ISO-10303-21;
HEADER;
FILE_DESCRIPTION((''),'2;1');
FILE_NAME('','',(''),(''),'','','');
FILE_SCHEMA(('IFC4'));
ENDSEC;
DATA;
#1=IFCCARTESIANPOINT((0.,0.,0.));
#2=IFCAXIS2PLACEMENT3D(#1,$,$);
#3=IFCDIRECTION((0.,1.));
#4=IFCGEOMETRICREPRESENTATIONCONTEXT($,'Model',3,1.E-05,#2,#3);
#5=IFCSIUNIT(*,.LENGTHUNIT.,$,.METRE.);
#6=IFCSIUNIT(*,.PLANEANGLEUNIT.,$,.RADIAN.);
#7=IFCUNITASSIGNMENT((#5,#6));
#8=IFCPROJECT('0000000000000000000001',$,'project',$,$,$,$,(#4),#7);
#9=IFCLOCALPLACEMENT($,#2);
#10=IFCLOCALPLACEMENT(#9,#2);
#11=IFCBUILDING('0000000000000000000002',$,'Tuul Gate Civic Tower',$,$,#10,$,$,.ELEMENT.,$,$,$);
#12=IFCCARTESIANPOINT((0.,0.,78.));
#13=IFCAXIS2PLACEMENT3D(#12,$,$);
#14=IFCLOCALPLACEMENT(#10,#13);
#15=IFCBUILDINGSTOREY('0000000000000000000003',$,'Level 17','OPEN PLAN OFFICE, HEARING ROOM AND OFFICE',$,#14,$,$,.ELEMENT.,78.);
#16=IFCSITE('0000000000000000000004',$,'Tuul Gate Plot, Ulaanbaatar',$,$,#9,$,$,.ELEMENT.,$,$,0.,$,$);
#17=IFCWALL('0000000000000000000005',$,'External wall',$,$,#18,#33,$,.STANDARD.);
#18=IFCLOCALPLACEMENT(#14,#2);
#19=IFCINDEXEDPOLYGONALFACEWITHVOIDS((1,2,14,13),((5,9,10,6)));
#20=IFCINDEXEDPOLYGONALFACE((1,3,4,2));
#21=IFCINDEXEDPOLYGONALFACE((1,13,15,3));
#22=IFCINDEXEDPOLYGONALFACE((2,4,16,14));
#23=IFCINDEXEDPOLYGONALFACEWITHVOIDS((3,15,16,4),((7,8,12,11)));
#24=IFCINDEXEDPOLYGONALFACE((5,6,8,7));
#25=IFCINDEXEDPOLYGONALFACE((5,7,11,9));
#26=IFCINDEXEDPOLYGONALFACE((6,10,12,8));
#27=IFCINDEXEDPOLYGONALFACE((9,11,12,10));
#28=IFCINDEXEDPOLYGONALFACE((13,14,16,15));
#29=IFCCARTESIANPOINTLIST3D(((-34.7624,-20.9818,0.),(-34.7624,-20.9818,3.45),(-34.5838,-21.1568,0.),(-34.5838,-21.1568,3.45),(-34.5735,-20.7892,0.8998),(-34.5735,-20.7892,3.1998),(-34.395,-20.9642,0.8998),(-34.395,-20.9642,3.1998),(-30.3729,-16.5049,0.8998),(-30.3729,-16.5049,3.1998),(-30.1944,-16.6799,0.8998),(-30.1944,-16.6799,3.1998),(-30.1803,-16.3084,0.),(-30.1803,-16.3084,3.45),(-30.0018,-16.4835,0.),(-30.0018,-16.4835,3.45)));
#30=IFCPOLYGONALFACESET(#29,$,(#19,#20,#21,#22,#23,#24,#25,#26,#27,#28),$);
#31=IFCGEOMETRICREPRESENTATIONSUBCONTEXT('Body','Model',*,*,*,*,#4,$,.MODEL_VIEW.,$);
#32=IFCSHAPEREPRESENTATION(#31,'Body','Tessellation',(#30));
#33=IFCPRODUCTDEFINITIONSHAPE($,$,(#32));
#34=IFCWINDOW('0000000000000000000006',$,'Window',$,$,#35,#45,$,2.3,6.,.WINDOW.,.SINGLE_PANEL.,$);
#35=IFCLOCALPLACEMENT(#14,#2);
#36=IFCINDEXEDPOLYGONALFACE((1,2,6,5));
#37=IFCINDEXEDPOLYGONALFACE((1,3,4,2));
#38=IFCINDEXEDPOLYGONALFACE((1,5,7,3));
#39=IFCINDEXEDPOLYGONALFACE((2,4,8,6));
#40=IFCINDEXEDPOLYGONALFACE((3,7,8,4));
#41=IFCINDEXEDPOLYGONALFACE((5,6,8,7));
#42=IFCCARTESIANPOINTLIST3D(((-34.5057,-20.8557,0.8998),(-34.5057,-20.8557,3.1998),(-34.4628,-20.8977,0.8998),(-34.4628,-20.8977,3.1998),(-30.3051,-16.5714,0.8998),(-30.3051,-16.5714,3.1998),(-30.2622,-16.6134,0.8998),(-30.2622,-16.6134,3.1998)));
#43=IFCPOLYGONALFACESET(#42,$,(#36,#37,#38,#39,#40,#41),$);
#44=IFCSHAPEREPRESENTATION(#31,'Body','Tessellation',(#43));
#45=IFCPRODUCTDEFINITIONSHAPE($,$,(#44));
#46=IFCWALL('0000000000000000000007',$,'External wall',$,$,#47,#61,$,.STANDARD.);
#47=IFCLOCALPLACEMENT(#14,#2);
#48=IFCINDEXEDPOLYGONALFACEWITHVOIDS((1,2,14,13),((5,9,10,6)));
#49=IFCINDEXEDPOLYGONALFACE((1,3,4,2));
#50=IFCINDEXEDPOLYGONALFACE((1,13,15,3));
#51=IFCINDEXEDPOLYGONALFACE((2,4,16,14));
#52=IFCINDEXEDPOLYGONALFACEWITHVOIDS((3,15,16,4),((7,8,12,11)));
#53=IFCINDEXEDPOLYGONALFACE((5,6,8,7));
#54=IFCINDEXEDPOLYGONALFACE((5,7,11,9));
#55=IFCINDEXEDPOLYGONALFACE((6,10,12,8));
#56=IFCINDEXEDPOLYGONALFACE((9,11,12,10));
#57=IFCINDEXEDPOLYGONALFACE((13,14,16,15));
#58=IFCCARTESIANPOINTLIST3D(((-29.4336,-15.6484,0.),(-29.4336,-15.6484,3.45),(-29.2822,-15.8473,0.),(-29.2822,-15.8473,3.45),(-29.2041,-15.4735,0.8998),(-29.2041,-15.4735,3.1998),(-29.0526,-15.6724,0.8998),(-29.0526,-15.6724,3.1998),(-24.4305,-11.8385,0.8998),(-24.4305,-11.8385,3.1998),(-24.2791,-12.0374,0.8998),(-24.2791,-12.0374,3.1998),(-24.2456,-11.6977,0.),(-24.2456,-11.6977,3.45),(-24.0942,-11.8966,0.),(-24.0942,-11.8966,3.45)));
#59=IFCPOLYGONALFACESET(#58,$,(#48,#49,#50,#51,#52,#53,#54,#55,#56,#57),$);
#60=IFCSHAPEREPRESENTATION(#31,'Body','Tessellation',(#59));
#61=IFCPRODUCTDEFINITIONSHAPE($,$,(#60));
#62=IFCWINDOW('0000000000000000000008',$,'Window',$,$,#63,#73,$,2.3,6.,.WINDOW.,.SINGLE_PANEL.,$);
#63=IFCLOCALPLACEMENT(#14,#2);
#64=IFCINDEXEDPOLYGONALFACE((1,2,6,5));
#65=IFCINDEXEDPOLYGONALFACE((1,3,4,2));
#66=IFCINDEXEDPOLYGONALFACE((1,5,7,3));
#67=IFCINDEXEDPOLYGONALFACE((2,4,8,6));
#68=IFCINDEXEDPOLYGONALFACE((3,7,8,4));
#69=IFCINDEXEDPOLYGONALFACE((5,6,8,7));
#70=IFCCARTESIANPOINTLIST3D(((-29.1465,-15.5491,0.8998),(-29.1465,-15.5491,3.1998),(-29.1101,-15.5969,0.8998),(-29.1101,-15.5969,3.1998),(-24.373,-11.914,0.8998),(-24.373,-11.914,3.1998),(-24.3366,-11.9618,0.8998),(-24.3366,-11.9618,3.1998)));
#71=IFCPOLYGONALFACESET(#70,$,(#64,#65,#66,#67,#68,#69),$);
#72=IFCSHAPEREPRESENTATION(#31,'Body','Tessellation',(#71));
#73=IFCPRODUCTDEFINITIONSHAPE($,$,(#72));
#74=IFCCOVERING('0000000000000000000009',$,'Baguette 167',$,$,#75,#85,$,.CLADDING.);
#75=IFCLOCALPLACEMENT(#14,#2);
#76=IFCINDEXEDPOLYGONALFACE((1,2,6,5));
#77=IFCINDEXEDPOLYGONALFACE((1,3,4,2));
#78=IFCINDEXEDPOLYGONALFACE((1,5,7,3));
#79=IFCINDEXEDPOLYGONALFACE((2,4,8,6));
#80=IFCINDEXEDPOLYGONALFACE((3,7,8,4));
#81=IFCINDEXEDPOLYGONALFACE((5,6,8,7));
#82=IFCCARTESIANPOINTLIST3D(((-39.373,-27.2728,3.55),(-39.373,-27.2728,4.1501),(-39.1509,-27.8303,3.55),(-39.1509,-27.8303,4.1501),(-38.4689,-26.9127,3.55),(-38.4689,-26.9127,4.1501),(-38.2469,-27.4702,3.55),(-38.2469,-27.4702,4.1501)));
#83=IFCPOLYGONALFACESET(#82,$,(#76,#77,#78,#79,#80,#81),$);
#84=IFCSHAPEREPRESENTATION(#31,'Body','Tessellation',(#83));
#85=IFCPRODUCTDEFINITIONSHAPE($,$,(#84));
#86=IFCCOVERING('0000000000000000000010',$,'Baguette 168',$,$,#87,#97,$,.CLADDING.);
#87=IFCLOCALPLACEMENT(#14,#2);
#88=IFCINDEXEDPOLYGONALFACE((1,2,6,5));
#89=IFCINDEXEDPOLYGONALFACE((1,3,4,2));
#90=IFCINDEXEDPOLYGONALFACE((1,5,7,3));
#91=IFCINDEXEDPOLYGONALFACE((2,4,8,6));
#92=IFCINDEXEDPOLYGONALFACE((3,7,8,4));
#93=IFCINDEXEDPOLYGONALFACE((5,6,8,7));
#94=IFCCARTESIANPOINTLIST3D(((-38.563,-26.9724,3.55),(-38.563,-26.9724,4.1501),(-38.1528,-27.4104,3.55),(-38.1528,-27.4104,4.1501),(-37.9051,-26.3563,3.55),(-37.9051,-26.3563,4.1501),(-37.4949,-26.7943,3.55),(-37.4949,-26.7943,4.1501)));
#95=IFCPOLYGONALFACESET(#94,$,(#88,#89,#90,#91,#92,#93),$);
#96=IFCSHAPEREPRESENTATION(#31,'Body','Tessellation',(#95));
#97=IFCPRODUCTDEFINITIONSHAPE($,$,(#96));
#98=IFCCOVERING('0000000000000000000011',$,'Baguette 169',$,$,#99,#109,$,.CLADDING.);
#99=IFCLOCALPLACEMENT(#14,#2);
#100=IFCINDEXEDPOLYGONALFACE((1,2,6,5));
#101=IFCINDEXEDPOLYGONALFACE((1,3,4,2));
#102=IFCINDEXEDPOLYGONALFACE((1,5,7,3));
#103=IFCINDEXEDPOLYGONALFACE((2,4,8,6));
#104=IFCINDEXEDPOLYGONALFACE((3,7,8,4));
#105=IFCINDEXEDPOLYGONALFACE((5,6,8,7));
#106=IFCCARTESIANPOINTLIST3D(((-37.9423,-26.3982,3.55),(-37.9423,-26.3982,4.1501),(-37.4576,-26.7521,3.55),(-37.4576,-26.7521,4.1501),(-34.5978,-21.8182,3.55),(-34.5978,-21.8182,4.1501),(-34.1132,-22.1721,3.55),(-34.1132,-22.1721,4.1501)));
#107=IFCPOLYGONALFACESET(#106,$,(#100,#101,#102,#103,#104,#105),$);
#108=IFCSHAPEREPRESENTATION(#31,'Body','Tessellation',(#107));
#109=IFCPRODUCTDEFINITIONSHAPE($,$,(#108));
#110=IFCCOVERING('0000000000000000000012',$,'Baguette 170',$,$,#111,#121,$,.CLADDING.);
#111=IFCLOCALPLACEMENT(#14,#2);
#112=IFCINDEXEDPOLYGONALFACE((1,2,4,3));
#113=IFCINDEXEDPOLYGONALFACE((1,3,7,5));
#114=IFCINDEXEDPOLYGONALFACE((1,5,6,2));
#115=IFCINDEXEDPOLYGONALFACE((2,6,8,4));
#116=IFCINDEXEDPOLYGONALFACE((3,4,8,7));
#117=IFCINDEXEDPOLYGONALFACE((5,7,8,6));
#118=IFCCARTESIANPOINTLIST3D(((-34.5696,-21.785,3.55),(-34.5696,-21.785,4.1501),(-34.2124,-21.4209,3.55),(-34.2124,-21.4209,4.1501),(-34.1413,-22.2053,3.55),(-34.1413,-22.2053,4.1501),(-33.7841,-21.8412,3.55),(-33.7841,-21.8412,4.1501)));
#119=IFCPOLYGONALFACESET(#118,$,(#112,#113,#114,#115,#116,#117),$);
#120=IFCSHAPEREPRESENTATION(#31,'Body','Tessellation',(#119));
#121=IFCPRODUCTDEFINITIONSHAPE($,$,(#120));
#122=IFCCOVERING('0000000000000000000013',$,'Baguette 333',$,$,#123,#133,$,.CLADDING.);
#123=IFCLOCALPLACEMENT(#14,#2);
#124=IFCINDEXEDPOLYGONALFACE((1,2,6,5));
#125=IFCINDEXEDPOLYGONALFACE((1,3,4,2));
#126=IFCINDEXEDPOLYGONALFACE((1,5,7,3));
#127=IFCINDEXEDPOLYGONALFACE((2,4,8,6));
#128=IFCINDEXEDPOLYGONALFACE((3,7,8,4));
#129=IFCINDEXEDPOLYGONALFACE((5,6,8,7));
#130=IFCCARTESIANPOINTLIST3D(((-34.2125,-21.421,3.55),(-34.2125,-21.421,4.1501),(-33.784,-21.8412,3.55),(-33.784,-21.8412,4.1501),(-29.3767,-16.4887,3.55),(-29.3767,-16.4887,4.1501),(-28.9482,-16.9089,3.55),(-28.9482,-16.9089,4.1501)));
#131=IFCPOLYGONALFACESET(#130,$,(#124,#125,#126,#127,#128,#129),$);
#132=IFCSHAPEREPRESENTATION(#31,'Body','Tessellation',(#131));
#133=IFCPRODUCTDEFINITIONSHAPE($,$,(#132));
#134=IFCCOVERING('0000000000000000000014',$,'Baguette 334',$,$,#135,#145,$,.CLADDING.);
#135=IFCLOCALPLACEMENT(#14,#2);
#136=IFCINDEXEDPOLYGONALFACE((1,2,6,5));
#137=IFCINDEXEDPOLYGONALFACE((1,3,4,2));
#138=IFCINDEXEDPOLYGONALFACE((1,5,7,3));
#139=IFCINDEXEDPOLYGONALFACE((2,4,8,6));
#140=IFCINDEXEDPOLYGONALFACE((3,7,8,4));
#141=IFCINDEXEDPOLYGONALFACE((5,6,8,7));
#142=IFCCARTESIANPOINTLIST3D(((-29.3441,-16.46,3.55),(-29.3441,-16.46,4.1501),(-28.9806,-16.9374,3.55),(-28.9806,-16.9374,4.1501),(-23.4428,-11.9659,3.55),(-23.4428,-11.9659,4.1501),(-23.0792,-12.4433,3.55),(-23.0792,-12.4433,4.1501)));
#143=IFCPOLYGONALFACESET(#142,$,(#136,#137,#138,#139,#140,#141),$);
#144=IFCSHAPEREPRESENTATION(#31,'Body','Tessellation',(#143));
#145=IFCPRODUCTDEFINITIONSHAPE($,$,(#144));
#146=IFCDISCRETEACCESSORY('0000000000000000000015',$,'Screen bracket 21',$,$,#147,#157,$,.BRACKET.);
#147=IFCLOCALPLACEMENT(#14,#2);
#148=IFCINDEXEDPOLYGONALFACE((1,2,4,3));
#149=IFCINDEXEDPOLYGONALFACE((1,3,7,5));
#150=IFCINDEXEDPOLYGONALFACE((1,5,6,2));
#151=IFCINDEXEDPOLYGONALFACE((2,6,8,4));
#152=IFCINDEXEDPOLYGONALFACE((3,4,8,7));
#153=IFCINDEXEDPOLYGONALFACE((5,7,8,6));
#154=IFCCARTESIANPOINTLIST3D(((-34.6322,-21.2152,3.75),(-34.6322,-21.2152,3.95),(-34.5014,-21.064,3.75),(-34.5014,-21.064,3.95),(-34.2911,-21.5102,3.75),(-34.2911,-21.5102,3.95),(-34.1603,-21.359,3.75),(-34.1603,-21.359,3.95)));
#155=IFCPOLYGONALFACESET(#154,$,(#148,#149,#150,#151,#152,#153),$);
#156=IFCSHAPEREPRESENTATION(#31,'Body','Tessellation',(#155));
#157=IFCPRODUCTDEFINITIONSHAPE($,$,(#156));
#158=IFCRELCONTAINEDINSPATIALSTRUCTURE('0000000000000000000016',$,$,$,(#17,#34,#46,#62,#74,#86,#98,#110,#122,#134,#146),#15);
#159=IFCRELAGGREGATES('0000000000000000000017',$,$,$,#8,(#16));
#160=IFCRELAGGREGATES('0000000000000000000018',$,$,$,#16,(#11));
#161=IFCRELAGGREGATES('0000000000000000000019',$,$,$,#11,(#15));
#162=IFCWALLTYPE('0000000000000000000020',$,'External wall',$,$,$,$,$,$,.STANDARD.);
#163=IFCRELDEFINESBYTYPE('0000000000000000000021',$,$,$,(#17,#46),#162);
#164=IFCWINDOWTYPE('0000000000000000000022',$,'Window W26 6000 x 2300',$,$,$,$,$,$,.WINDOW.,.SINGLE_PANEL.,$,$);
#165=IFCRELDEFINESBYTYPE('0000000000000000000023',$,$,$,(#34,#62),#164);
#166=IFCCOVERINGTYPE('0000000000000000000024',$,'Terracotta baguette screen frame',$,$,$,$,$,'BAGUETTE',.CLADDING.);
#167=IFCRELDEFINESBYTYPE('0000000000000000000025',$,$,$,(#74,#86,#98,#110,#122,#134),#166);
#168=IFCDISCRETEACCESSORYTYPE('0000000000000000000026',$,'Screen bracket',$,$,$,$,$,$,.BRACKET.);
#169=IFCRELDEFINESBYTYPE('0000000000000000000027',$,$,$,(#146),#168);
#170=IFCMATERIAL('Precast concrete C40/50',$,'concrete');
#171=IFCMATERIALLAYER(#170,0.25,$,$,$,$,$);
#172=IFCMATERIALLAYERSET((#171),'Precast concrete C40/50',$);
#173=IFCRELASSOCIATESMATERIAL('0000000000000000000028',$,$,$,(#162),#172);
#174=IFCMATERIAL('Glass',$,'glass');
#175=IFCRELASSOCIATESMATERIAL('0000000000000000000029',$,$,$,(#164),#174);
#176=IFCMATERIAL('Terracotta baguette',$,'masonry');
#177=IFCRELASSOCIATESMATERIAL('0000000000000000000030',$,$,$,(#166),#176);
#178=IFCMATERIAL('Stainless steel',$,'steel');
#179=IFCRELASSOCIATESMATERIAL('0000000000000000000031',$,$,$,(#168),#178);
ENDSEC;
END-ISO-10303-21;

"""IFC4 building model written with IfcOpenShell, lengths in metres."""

from ifc_helpers import new_model, si_unit, direction, frame, frame_2d, origin, origin_2d, place, context, subcontext, project, spatial, rectangle, extrude, material, layer, layer_set, material_profile, profile_set, type_object, element, fill, save


model = new_model("IFC4")

# Units and contexts
model_context = context("Model", 3, precision=1e-05, world=origin(), true_north=direction((0.0, 1.0)))
body_context = subcontext(model_context, "Body", "Model", "MODEL_VIEW")
ifc_project = project(units=[si_unit("LENGTHUNIT", "METRE"), si_unit("PLANEANGLEUNIT", "RADIAN")], contexts=[model_context])

# Site, building, storey
site_placement = place(None, origin())
site = spatial("IfcSite", under=ifc_project, at=site_placement, Name="Tuul Gate Plot, Ulaanbaatar", CompositionType="ELEMENT", RefElevation=0.0)
building_placement = place(site_placement, origin())
building = spatial("IfcBuilding", under=site, at=building_placement, Name="Tuul Gate Civic Tower", CompositionType="ELEMENT")
storey_placement = place(building_placement, frame((0.0, 0.0, 78.0)))
storey = spatial("IfcBuildingStorey", under=building, at=storey_placement, Name="Level 17", Description="OPEN PLAN OFFICE, HEARING ROOM AND OFFICE", CompositionType="ELEMENT", Elevation=78.0)

# Walls, openings, windows
ifc_material_1 = material(Name="Precast concrete C40/50", Category="concrete")
ifc_layer_1 = layer(ifc_material_1, 0.25)
ifc_layer_set_1 = layer_set([ifc_layer_1], Name="Precast concrete C40/50")
wall_type_1 = type_object("IfcWallType", Name="External wall", PredefinedType="STANDARD", material=ifc_layer_set_1)
wall_1_placement = place(storey_placement, frame((-34.6731, -21.0693, 0.0), z_axis=(0.0, 0.0, 1.0), x_axis=(0.700097, 0.714048, 0.0)))
wall_1 = element("IfcWall", 1, at=wall_1_placement, inside=storey, type_object=wall_type_1, Name="External wall", PredefinedType="STANDARD", context=body_context, shape_type="SweptSolid", body=[
    extrude(rectangle(XDim=6.5449, YDim=0.25, at=frame_2d((3.2725, 0.0))), origin(), (0.0, 0.0, 1.0), 3.45),
])
opening_1_placement = place(wall_1_placement, frame((0.2698, 0.0, 0.8999)))
opening_1 = element("IfcOpeningElement", 2, at=opening_1_placement, cuts=wall_1, PredefinedType="OPENING", context=body_context, shape_type="SweptSolid", body=[
    extrude(rectangle(XDim=6.0, YDim=2.3, at=frame_2d((3.0, 1.1499))), frame((0.0, 0.135, 0.0), z_axis=(0.0, -1.0, 0.0), x_axis=(1.0, 0.0, 0.0)), (0.0, 0.0, 1.0), 0.27),
])
ifc_material_2 = material(Name="Glass", Category="glass")
window_type_1 = type_object("IfcWindowType", Name="Window W26 6000 x 2300", PartitioningType="SINGLE_PANEL", PredefinedType="WINDOW", material=ifc_material_2)
window_1_placement = place(opening_1_placement, origin())
window_1 = element("IfcWindow", 3, at=window_1_placement, inside=storey, type_object=window_type_1, Name="Window", OverallHeight=2.3, OverallWidth=6.0, PartitioningType="SINGLE_PANEL", PredefinedType="WINDOW", context=body_context, shape_type="SweptSolid", body=[
    extrude(rectangle(XDim=6.0, YDim=2.3, at=frame_2d((3.0, 1.1499))), frame((0.0, 0.03, 0.0), z_axis=(0.0, -1.0, 0.0), x_axis=(1.0, 0.0, 0.0)), (0.0, 0.0, 1.0), 0.0601),
])
fill(opening_1, window_1)
wall_2_placement = place(storey_placement, frame((-29.3579, -15.7478, 0.0), z_axis=(0.0, 0.0, 1.0), x_axis=(0.795585, 0.605842, 0.0)))
wall_2 = element("IfcWall", 4, at=wall_2_placement, inside=storey, type_object=wall_type_1, Name="External wall", PredefinedType="STANDARD", context=body_context, shape_type="SweptSolid", body=[
    extrude(rectangle(XDim=6.521, YDim=0.25, at=frame_2d((3.2605, 0.0))), origin(), (0.0, 0.0, 1.0), 3.45),
])
opening_2_placement = place(wall_2_placement, frame((0.2886, 0.0, 0.8999)))
opening_2 = element("IfcOpeningElement", 5, at=opening_2_placement, cuts=wall_2, PredefinedType="OPENING", context=body_context, shape_type="SweptSolid", body=[
    extrude(rectangle(XDim=6.0, YDim=2.3, at=frame_2d((3.0, 1.1499))), frame((0.0, 0.135, 0.0), z_axis=(0.0, -1.0, 0.0), x_axis=(1.0, 0.0, 0.0)), (0.0, 0.0, 1.0), 0.27),
])
window_2_placement = place(opening_2_placement, origin())
window_2 = element("IfcWindow", 6, at=window_2_placement, inside=storey, type_object=window_type_1, Name="Window", OverallHeight=2.3, OverallWidth=6.0, PartitioningType="SINGLE_PANEL", PredefinedType="WINDOW", context=body_context, shape_type="SweptSolid", body=[
    extrude(rectangle(XDim=6.0, YDim=2.3, at=frame_2d((3.0, 1.1499))), frame((0.0, 0.03, 0.0), z_axis=(0.0, -1.0, 0.0), x_axis=(1.0, 0.0, 0.0)), (0.0, 0.0, 1.0), 0.0601),
])
fill(opening_2, window_2)

# Coverings
ifc_material_3 = material(Name="Terracotta baguette", Category="masonry")
ifc_material_profile_1 = material_profile(ifc_material_3, rectangle(XDim=0.6001, YDim=0.6001, at=origin_2d()), Name="Terracotta baguette screen frame")
ifc_profile_set_1 = profile_set([ifc_material_profile_1], Name="Terracotta baguette")
covering_type = type_object("IfcCoveringType", Name="Terracotta baguette screen frame", ElementType="BAGUETTE", PredefinedType="CLADDING", material=ifc_profile_set_1)
covering_1_placement = place(storey_placement, frame((-39.262, -27.5515, 3.8501), z_axis=(0.929012, 0.370049, 0.0), x_axis=(-0.370049, 0.929012, 0.0)))
element("IfcCovering", 7, at=covering_1_placement, inside=storey, type_object=covering_type, Name="Baguette 167", PredefinedType="CLADDING", context=body_context, shape_type="SweptSolid", body=[
    extrude(rectangle(XDim=0.6001, YDim=0.6001, at=origin_2d()), origin(), (0.0, 0.0, 1.0), 0.9731),
])
covering_2_placement = place(storey_placement, frame((-38.3579, -27.1914, 3.8501), z_axis=(0.729883, 0.683572, 0.0), x_axis=(-0.683572, 0.729883, 0.0)))
element("IfcCovering", 8, at=covering_2_placement, inside=storey, type_object=covering_type, Name="Baguette 168", PredefinedType="CLADDING", context=body_context, shape_type="SweptSolid", body=[
    extrude(rectangle(XDim=0.6001, YDim=0.6001, at=origin_2d()), origin(), (0.0, 0.0, 1.0), 0.9014),
])
covering_3_placement = place(storey_placement, frame((-37.7, -26.5752, 3.8501), z_axis=(0.589729, 0.807601, 0.0), x_axis=(-0.807601, 0.589729, 0.0)))
element("IfcCovering", 9, at=covering_3_placement, inside=storey, type_object=covering_type, Name="Baguette 169", PredefinedType="CLADDING", context=body_context, shape_type="SweptSolid", body=[
    extrude(rectangle(XDim=0.6001, YDim=0.6001, at=origin_2d()), origin(), (0.0, 0.0, 1.0), 5.6711),
])
covering_4_placement = place(storey_placement, frame((-34.3555, -21.9951, 3.8501), z_axis=(0.700373, 0.713777, 0.0), x_axis=(-0.713777, 0.700373, 0.0)))
element("IfcCovering", 10, at=covering_4_placement, inside=storey, type_object=covering_type, Name="Baguette 170", PredefinedType="CLADDING", context=body_context, shape_type="SweptSolid", body=[
    extrude(rectangle(XDim=0.6001, YDim=0.6001, at=origin_2d()), origin(), (0.0, 0.0, 1.0), 0.51),
])
covering_5_placement = place(storey_placement, frame((-33.9983, -21.6311, 3.8501), z_axis=(0.700092, 0.714053, 0.0), x_axis=(-0.714053, 0.700092, 0.0)))
element("IfcCovering", 11, at=covering_5_placement, inside=storey, type_object=covering_type, Name="Baguette 333", PredefinedType="CLADDING", context=body_context, shape_type="SweptSolid", body=[
    extrude(rectangle(XDim=0.6001, YDim=0.6001, at=origin_2d()), origin(), (0.0, 0.0, 1.0), 6.9075),
])
covering_6_placement = place(storey_placement, frame((-29.1624, -16.6987, 3.8501), z_axis=(0.795571, 0.605861, 0.0), x_axis=(-0.605861, 0.795571, 0.0)))
element("IfcCovering", 12, at=covering_6_placement, inside=storey, type_object=covering_type, Name="Baguette 334", PredefinedType="CLADDING", context=body_context, shape_type="SweptSolid", body=[
    extrude(rectangle(XDim=0.6001, YDim=0.6001, at=origin_2d()), origin(), (0.0, 0.0, 1.0), 7.4177),
])

# Discrete accessory
ifc_material_4 = material(Name="Stainless steel", Category="steel")
discrete_accessory_type = type_object("IfcDiscreteAccessoryType", Name="Screen bracket", PredefinedType="BRACKET", material=ifc_material_4)
discrete_accessory_placement = place(storey_placement, frame((-34.3962, -21.2871, 3.75), z_axis=(0.0, 0.0, 1.0), x_axis=(0.756372, -0.654142, 0.0)))
element("IfcDiscreteAccessory", 13, at=discrete_accessory_placement, inside=storey, type_object=discrete_accessory_type, Name="Screen bracket 21", PredefinedType="BRACKET", context=body_context, shape_type="SweptSolid", body=[
    extrude(rectangle(XDim=0.4509, YDim=0.2, at=origin_2d()), origin(), (0.0, 0.0, 1.0), 0.2),
])

save(model, "model.ifc")
